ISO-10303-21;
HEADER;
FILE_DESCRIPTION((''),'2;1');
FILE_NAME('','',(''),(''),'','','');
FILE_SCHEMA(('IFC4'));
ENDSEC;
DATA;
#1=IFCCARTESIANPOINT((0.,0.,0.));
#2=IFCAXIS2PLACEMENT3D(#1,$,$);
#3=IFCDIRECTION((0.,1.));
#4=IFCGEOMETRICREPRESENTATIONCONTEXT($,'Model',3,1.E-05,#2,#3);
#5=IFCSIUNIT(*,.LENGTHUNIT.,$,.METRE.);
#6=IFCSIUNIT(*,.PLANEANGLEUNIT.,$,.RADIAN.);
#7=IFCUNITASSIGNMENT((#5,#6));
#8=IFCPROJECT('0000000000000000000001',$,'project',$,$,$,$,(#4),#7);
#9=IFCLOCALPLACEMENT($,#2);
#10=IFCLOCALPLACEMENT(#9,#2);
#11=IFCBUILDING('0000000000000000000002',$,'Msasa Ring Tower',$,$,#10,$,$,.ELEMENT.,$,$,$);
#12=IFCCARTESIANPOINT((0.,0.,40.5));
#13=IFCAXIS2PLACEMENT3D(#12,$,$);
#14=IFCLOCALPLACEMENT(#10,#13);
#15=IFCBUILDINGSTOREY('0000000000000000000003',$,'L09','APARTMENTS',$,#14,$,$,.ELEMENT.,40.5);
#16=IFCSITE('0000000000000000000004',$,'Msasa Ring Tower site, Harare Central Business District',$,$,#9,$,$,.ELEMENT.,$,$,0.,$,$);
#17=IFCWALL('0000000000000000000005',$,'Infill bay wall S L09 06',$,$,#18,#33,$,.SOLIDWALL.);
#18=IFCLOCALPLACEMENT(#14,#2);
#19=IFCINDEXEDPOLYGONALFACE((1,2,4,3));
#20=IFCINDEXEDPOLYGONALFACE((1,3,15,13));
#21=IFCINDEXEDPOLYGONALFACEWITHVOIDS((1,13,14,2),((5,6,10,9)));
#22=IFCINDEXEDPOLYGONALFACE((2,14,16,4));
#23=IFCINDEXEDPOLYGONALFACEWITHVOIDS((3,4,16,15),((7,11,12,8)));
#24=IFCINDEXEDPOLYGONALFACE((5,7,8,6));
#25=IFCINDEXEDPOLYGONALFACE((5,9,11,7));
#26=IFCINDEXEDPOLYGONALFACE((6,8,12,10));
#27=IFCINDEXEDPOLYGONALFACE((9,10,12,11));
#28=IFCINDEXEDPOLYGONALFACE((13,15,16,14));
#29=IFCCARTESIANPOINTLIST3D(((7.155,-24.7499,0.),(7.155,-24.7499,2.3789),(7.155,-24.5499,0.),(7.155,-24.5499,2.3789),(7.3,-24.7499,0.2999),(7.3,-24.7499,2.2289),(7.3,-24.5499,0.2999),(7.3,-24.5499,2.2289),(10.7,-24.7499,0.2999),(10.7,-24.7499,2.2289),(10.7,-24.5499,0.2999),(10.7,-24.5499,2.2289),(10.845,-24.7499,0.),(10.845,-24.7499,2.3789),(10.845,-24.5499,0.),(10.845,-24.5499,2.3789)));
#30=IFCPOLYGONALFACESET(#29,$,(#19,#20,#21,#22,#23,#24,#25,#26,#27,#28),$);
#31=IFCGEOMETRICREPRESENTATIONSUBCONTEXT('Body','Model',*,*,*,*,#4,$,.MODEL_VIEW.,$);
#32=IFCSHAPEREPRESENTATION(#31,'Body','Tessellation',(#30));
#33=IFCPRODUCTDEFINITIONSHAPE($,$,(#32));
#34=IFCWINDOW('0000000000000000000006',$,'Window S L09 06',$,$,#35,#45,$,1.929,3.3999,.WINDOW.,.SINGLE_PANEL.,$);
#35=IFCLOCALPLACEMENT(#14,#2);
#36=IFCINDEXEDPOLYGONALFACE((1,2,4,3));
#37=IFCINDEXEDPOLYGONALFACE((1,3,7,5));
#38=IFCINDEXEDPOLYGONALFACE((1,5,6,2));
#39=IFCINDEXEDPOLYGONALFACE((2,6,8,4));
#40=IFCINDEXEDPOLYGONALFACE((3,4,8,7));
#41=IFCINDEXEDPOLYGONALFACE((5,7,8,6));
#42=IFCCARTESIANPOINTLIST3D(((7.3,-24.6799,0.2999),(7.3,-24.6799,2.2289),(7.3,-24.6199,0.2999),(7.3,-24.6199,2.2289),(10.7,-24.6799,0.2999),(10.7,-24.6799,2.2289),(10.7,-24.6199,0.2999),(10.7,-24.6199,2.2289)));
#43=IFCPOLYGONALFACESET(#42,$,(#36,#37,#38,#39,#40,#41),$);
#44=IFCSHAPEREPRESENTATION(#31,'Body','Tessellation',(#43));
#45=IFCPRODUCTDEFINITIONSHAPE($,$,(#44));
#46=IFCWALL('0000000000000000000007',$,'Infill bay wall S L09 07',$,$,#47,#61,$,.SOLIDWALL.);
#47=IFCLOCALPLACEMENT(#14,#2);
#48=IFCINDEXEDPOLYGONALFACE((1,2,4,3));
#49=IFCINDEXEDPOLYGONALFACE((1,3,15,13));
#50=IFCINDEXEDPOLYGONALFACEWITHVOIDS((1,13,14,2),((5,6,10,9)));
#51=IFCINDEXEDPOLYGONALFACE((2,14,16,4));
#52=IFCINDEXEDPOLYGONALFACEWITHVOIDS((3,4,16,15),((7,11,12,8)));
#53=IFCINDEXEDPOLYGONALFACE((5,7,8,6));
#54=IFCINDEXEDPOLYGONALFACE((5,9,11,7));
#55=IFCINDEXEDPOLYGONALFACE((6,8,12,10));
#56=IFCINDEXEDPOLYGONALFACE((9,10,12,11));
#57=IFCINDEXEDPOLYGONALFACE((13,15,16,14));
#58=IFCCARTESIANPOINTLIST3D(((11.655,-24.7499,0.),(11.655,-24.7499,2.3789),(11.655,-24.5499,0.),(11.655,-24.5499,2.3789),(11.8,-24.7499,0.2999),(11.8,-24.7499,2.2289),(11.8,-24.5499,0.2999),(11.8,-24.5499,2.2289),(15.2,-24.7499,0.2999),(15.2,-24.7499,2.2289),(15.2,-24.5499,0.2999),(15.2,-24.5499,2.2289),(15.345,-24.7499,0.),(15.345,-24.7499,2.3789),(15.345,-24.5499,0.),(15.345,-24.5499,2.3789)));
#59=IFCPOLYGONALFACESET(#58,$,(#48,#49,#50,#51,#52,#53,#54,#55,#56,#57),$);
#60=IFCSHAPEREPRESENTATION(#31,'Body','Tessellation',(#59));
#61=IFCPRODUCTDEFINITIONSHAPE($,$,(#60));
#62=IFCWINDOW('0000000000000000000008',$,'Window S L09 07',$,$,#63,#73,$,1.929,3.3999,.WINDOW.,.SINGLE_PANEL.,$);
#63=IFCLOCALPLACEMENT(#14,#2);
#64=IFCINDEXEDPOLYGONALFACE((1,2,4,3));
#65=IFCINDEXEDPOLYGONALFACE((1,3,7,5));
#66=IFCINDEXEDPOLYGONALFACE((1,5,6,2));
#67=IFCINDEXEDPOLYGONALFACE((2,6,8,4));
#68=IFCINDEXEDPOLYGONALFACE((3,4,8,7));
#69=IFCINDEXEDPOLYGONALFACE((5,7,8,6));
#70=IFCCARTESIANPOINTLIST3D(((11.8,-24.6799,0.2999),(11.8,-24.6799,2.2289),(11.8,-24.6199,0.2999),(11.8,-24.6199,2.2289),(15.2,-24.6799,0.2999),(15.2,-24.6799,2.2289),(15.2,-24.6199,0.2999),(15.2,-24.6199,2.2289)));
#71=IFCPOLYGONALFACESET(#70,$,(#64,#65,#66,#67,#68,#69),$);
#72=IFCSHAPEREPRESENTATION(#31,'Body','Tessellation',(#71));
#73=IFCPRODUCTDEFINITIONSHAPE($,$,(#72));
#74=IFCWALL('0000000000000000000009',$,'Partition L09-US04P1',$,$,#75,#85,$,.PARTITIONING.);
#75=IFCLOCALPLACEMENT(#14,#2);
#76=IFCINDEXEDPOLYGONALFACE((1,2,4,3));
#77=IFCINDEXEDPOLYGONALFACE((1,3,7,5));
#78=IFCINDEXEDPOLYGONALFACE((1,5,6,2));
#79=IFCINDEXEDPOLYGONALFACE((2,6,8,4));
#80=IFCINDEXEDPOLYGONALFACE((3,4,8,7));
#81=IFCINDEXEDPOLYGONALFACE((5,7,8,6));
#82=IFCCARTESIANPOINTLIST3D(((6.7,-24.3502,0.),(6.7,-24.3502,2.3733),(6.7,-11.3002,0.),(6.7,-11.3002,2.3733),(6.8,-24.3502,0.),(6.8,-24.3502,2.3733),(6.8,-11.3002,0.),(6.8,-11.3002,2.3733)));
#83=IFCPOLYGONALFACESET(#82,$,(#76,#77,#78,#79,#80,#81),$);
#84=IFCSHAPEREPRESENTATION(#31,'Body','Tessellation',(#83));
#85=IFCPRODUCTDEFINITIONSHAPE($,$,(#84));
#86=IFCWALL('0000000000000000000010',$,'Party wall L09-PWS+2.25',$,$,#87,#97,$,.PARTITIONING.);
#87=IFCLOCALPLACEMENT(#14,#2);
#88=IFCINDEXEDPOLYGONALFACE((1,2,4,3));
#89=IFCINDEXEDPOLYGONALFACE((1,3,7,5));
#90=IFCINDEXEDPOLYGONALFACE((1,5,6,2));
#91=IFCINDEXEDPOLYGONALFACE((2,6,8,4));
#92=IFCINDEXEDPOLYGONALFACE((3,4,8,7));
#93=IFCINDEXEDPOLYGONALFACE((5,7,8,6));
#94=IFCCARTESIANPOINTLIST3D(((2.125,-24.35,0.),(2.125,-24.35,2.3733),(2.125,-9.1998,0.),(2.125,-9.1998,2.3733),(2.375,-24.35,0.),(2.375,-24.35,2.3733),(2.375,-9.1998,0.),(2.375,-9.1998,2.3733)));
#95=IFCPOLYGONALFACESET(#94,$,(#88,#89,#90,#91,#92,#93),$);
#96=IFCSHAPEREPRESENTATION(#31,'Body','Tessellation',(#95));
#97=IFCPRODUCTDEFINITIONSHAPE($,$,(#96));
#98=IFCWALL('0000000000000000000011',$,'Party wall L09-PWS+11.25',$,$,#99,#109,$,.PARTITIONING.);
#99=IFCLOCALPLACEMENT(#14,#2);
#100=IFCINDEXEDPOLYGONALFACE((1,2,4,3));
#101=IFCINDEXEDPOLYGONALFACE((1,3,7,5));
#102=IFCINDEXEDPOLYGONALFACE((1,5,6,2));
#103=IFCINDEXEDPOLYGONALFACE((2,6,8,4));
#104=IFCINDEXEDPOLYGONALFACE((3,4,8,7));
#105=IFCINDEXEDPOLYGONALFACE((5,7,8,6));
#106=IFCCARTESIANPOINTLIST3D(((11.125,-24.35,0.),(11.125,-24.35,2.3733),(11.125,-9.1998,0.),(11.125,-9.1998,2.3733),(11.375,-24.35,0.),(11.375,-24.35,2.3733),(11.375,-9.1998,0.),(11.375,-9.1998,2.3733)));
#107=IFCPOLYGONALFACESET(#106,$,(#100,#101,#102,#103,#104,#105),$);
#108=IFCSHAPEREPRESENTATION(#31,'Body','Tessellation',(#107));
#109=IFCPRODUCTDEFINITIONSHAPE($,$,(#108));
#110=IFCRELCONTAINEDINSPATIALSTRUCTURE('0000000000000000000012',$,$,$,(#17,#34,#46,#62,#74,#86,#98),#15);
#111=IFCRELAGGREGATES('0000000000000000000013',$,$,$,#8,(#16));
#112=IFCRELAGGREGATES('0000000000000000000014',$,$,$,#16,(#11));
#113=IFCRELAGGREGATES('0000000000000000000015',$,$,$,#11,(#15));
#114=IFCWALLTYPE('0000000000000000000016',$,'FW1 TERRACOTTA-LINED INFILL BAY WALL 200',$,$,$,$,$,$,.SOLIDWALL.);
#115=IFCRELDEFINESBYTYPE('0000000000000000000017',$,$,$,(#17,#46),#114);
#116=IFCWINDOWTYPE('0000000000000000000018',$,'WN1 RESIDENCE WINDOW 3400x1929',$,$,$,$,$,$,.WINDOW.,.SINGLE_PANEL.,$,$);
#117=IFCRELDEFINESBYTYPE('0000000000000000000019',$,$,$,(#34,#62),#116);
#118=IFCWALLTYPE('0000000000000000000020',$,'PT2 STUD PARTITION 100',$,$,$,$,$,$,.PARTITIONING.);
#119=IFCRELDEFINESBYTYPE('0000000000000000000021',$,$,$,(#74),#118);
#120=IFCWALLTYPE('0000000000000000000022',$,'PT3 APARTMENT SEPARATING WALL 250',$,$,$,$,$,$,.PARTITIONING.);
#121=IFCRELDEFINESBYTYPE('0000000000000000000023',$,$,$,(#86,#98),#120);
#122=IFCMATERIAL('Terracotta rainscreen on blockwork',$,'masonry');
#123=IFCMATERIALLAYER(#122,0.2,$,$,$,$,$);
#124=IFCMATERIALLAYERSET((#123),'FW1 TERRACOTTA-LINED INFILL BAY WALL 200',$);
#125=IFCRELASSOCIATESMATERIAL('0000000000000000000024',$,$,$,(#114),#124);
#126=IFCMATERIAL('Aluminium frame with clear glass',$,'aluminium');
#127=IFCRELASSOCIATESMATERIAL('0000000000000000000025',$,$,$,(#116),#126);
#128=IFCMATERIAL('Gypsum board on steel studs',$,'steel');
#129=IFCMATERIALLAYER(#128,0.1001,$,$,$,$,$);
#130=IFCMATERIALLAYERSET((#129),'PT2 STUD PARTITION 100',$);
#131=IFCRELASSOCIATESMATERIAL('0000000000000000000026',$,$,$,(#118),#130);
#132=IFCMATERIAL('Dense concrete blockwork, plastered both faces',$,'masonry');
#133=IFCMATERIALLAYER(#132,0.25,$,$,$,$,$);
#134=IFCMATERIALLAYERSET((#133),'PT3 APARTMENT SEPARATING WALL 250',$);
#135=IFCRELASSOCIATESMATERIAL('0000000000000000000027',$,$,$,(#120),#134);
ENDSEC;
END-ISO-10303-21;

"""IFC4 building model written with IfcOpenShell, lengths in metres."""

from ifc_helpers import new_model, si_unit, direction, frame, frame_2d, origin, place, context, subcontext, project, spatial, rectangle, extrude, material, layer, layer_set, type_object, element, fill, save


model = new_model("IFC4")

# Units and contexts
model_context = context("Model", 3, precision=1e-05, world=origin(), true_north=direction((0.0, 1.0)))
body_context = subcontext(model_context, "Body", "Model", "MODEL_VIEW")
ifc_project = project(units=[si_unit("LENGTHUNIT", "METRE"), si_unit("PLANEANGLEUNIT", "RADIAN")], contexts=[model_context])

# Site, building, storey
site_placement = place(None, origin())
site = spatial("IfcSite", under=ifc_project, at=site_placement, Name="Msasa Ring Tower site, Harare Central Business District", CompositionType="ELEMENT", RefElevation=0.0)
building_placement = place(site_placement, origin())
building = spatial("IfcBuilding", under=site, at=building_placement, Name="Msasa Ring Tower", CompositionType="ELEMENT")
storey_placement = place(building_placement, frame((0.0, 0.0, 40.5)))
storey = spatial("IfcBuildingStorey", under=building, at=storey_placement, Name="L09", Description="APARTMENTS", CompositionType="ELEMENT", Elevation=40.5)

# Walls, openings, windows
ifc_material_1 = material(Name="Terracotta rainscreen on blockwork", Category="masonry")
ifc_layer_1 = layer(ifc_material_1, 0.2)
ifc_layer_set_1 = layer_set([ifc_layer_1], Name="FW1 TERRACOTTA-LINED INFILL BAY WALL 200")
wall_type_1 = type_object("IfcWallType", Name="FW1 TERRACOTTA-LINED INFILL BAY WALL 200", PredefinedType="SOLIDWALL", material=ifc_layer_set_1)
ifc_material_2 = material(Name="Aluminium frame with clear glass", Category="aluminium")
window_type = type_object("IfcWindowType", Name="WN1 RESIDENCE WINDOW 3400x1929", PartitioningType="SINGLE_PANEL", PredefinedType="WINDOW", material=ifc_material_2)
wall_1_placement = place(storey_placement, frame((7.155, -24.6499, 0.0), z_axis=(0.0, 0.0, 1.0), x_axis=(1.0, 0.0, 0.0)))
wall_1 = element("IfcWall", 1, at=wall_1_placement, inside=storey, type_object=wall_type_1, Name="Infill bay wall S L09 06", PredefinedType="SOLIDWALL", context=body_context, shape_type="SweptSolid", body=[
    extrude(rectangle(XDim=3.6899, YDim=0.2, at=frame_2d((1.845, 0.0))), origin(), (0.0, 0.0, 1.0), 2.3789),
])
opening_1_placement = place(wall_1_placement, frame((0.145, 0.0, 0.3)))
opening_1 = element("IfcOpeningElement", 2, at=opening_1_placement, cuts=wall_1, PredefinedType="OPENING", context=body_context, shape_type="SweptSolid", body=[
    extrude(rectangle(XDim=3.3999, YDim=1.929, at=frame_2d((1.7, 0.9644))), frame((0.0, 0.1099, 0.0), z_axis=(0.0, -1.0, 0.0), x_axis=(1.0, 0.0, 0.0)), (0.0, 0.0, 1.0), 0.22),
])
window_1_placement = place(opening_1_placement, origin())
window_1 = element("IfcWindow", 3, at=window_1_placement, inside=storey, type_object=window_type, Name="Window S L09 06", OverallHeight=1.929, OverallWidth=3.3999, PartitioningType="SINGLE_PANEL", PredefinedType="WINDOW", context=body_context, shape_type="SweptSolid", body=[
    extrude(rectangle(XDim=3.3999, YDim=1.929, at=frame_2d((1.7, 0.9644))), frame((0.0, 0.03, 0.0), z_axis=(0.0, -1.0, 0.0), x_axis=(1.0, 0.0, 0.0)), (0.0, 0.0, 1.0), 0.0601),
])
fill(opening_1, window_1)
wall_2_placement = place(storey_placement, frame((11.655, -24.6499, 0.0), z_axis=(0.0, 0.0, 1.0), x_axis=(1.0, 0.0, 0.0)))
wall_2 = element("IfcWall", 4, at=wall_2_placement, inside=storey, type_object=wall_type_1, Name="Infill bay wall S L09 07", PredefinedType="SOLIDWALL", context=body_context, shape_type="SweptSolid", body=[
    extrude(rectangle(XDim=3.6899, YDim=0.2, at=frame_2d((1.845, 0.0))), origin(), (0.0, 0.0, 1.0), 2.3789),
])
opening_2_placement = place(wall_2_placement, frame((0.145, 0.0, 0.3)))
opening_2 = element("IfcOpeningElement", 5, at=opening_2_placement, cuts=wall_2, PredefinedType="OPENING", context=body_context, shape_type="SweptSolid", body=[
    extrude(rectangle(XDim=3.3999, YDim=1.929, at=frame_2d((1.7, 0.9644))), frame((0.0, 0.1099, 0.0), z_axis=(0.0, -1.0, 0.0), x_axis=(1.0, 0.0, 0.0)), (0.0, 0.0, 1.0), 0.22),
])
window_2_placement = place(opening_2_placement, origin())
window_2 = element("IfcWindow", 6, at=window_2_placement, inside=storey, type_object=window_type, Name="Window S L09 07", OverallHeight=1.929, OverallWidth=3.3999, PartitioningType="SINGLE_PANEL", PredefinedType="WINDOW", context=body_context, shape_type="SweptSolid", body=[
    extrude(rectangle(XDim=3.3999, YDim=1.929, at=frame_2d((1.7, 0.9644))), frame((0.0, 0.03, 0.0), z_axis=(0.0, -1.0, 0.0), x_axis=(1.0, 0.0, 0.0)), (0.0, 0.0, 1.0), 0.0601),
])
fill(opening_2, window_2)

# Walls
ifc_material_3 = material(Name="Gypsum board on steel studs", Category="steel")
ifc_layer_2 = layer(ifc_material_3, 0.1001)
ifc_layer_set_2 = layer_set([ifc_layer_2], Name="PT2 STUD PARTITION 100")
wall_type_2 = type_object("IfcWallType", Name="PT2 STUD PARTITION 100", PredefinedType="PARTITIONING", material=ifc_layer_set_2)
wall_3_placement = place(storey_placement, frame((6.75, -24.3501, 0.0), z_axis=(0.0, 0.0, 1.0), x_axis=(0.0, 1.0, 0.0)))
element("IfcWall", 7, at=wall_3_placement, inside=storey, type_object=wall_type_2, Name="Partition L09-US04P1", PredefinedType="PARTITIONING", context=body_context, shape_type="SweptSolid", body=[
    extrude(rectangle(XDim=13.05, YDim=0.1001, at=frame_2d((6.5249, 0.0))), origin(), (0.0, 0.0, 1.0), 2.3733),
])
ifc_material_4 = material(Name="Dense concrete blockwork, plastered both faces", Category="masonry")
ifc_layer_3 = layer(ifc_material_4, 0.25)
ifc_layer_set_3 = layer_set([ifc_layer_3], Name="PT3 APARTMENT SEPARATING WALL 250")
wall_type_3 = type_object("IfcWallType", Name="PT3 APARTMENT SEPARATING WALL 250", PredefinedType="PARTITIONING", material=ifc_layer_set_3)
for number, where, z_axis, x_axis, name in (
    (8, (2.25, -24.3501, 0.0), (0.0, 0.0, 1.0), (0.0, 1.0, 0.0), "Party wall L09-PWS+2.25"),
    (9, (11.25, -24.3501, 0.0), (0.0, 0.0, 1.0), (0.0, 1.0, 0.0), "Party wall L09-PWS+11.25"),
):
    element("IfcWall", number, at=place(storey_placement, frame(where, z_axis=z_axis, x_axis=x_axis)), inside=storey, type_object=wall_type_3, Name=name, PredefinedType="PARTITIONING", context=body_context, shape_type="SweptSolid", body=[
        extrude(rectangle(XDim=15.1501, YDim=0.25, at=frame_2d((7.5752, 0.0))), origin(), (0.0, 0.0, 1.0), 2.3733),
    ])

save(model, "model.ifc")
